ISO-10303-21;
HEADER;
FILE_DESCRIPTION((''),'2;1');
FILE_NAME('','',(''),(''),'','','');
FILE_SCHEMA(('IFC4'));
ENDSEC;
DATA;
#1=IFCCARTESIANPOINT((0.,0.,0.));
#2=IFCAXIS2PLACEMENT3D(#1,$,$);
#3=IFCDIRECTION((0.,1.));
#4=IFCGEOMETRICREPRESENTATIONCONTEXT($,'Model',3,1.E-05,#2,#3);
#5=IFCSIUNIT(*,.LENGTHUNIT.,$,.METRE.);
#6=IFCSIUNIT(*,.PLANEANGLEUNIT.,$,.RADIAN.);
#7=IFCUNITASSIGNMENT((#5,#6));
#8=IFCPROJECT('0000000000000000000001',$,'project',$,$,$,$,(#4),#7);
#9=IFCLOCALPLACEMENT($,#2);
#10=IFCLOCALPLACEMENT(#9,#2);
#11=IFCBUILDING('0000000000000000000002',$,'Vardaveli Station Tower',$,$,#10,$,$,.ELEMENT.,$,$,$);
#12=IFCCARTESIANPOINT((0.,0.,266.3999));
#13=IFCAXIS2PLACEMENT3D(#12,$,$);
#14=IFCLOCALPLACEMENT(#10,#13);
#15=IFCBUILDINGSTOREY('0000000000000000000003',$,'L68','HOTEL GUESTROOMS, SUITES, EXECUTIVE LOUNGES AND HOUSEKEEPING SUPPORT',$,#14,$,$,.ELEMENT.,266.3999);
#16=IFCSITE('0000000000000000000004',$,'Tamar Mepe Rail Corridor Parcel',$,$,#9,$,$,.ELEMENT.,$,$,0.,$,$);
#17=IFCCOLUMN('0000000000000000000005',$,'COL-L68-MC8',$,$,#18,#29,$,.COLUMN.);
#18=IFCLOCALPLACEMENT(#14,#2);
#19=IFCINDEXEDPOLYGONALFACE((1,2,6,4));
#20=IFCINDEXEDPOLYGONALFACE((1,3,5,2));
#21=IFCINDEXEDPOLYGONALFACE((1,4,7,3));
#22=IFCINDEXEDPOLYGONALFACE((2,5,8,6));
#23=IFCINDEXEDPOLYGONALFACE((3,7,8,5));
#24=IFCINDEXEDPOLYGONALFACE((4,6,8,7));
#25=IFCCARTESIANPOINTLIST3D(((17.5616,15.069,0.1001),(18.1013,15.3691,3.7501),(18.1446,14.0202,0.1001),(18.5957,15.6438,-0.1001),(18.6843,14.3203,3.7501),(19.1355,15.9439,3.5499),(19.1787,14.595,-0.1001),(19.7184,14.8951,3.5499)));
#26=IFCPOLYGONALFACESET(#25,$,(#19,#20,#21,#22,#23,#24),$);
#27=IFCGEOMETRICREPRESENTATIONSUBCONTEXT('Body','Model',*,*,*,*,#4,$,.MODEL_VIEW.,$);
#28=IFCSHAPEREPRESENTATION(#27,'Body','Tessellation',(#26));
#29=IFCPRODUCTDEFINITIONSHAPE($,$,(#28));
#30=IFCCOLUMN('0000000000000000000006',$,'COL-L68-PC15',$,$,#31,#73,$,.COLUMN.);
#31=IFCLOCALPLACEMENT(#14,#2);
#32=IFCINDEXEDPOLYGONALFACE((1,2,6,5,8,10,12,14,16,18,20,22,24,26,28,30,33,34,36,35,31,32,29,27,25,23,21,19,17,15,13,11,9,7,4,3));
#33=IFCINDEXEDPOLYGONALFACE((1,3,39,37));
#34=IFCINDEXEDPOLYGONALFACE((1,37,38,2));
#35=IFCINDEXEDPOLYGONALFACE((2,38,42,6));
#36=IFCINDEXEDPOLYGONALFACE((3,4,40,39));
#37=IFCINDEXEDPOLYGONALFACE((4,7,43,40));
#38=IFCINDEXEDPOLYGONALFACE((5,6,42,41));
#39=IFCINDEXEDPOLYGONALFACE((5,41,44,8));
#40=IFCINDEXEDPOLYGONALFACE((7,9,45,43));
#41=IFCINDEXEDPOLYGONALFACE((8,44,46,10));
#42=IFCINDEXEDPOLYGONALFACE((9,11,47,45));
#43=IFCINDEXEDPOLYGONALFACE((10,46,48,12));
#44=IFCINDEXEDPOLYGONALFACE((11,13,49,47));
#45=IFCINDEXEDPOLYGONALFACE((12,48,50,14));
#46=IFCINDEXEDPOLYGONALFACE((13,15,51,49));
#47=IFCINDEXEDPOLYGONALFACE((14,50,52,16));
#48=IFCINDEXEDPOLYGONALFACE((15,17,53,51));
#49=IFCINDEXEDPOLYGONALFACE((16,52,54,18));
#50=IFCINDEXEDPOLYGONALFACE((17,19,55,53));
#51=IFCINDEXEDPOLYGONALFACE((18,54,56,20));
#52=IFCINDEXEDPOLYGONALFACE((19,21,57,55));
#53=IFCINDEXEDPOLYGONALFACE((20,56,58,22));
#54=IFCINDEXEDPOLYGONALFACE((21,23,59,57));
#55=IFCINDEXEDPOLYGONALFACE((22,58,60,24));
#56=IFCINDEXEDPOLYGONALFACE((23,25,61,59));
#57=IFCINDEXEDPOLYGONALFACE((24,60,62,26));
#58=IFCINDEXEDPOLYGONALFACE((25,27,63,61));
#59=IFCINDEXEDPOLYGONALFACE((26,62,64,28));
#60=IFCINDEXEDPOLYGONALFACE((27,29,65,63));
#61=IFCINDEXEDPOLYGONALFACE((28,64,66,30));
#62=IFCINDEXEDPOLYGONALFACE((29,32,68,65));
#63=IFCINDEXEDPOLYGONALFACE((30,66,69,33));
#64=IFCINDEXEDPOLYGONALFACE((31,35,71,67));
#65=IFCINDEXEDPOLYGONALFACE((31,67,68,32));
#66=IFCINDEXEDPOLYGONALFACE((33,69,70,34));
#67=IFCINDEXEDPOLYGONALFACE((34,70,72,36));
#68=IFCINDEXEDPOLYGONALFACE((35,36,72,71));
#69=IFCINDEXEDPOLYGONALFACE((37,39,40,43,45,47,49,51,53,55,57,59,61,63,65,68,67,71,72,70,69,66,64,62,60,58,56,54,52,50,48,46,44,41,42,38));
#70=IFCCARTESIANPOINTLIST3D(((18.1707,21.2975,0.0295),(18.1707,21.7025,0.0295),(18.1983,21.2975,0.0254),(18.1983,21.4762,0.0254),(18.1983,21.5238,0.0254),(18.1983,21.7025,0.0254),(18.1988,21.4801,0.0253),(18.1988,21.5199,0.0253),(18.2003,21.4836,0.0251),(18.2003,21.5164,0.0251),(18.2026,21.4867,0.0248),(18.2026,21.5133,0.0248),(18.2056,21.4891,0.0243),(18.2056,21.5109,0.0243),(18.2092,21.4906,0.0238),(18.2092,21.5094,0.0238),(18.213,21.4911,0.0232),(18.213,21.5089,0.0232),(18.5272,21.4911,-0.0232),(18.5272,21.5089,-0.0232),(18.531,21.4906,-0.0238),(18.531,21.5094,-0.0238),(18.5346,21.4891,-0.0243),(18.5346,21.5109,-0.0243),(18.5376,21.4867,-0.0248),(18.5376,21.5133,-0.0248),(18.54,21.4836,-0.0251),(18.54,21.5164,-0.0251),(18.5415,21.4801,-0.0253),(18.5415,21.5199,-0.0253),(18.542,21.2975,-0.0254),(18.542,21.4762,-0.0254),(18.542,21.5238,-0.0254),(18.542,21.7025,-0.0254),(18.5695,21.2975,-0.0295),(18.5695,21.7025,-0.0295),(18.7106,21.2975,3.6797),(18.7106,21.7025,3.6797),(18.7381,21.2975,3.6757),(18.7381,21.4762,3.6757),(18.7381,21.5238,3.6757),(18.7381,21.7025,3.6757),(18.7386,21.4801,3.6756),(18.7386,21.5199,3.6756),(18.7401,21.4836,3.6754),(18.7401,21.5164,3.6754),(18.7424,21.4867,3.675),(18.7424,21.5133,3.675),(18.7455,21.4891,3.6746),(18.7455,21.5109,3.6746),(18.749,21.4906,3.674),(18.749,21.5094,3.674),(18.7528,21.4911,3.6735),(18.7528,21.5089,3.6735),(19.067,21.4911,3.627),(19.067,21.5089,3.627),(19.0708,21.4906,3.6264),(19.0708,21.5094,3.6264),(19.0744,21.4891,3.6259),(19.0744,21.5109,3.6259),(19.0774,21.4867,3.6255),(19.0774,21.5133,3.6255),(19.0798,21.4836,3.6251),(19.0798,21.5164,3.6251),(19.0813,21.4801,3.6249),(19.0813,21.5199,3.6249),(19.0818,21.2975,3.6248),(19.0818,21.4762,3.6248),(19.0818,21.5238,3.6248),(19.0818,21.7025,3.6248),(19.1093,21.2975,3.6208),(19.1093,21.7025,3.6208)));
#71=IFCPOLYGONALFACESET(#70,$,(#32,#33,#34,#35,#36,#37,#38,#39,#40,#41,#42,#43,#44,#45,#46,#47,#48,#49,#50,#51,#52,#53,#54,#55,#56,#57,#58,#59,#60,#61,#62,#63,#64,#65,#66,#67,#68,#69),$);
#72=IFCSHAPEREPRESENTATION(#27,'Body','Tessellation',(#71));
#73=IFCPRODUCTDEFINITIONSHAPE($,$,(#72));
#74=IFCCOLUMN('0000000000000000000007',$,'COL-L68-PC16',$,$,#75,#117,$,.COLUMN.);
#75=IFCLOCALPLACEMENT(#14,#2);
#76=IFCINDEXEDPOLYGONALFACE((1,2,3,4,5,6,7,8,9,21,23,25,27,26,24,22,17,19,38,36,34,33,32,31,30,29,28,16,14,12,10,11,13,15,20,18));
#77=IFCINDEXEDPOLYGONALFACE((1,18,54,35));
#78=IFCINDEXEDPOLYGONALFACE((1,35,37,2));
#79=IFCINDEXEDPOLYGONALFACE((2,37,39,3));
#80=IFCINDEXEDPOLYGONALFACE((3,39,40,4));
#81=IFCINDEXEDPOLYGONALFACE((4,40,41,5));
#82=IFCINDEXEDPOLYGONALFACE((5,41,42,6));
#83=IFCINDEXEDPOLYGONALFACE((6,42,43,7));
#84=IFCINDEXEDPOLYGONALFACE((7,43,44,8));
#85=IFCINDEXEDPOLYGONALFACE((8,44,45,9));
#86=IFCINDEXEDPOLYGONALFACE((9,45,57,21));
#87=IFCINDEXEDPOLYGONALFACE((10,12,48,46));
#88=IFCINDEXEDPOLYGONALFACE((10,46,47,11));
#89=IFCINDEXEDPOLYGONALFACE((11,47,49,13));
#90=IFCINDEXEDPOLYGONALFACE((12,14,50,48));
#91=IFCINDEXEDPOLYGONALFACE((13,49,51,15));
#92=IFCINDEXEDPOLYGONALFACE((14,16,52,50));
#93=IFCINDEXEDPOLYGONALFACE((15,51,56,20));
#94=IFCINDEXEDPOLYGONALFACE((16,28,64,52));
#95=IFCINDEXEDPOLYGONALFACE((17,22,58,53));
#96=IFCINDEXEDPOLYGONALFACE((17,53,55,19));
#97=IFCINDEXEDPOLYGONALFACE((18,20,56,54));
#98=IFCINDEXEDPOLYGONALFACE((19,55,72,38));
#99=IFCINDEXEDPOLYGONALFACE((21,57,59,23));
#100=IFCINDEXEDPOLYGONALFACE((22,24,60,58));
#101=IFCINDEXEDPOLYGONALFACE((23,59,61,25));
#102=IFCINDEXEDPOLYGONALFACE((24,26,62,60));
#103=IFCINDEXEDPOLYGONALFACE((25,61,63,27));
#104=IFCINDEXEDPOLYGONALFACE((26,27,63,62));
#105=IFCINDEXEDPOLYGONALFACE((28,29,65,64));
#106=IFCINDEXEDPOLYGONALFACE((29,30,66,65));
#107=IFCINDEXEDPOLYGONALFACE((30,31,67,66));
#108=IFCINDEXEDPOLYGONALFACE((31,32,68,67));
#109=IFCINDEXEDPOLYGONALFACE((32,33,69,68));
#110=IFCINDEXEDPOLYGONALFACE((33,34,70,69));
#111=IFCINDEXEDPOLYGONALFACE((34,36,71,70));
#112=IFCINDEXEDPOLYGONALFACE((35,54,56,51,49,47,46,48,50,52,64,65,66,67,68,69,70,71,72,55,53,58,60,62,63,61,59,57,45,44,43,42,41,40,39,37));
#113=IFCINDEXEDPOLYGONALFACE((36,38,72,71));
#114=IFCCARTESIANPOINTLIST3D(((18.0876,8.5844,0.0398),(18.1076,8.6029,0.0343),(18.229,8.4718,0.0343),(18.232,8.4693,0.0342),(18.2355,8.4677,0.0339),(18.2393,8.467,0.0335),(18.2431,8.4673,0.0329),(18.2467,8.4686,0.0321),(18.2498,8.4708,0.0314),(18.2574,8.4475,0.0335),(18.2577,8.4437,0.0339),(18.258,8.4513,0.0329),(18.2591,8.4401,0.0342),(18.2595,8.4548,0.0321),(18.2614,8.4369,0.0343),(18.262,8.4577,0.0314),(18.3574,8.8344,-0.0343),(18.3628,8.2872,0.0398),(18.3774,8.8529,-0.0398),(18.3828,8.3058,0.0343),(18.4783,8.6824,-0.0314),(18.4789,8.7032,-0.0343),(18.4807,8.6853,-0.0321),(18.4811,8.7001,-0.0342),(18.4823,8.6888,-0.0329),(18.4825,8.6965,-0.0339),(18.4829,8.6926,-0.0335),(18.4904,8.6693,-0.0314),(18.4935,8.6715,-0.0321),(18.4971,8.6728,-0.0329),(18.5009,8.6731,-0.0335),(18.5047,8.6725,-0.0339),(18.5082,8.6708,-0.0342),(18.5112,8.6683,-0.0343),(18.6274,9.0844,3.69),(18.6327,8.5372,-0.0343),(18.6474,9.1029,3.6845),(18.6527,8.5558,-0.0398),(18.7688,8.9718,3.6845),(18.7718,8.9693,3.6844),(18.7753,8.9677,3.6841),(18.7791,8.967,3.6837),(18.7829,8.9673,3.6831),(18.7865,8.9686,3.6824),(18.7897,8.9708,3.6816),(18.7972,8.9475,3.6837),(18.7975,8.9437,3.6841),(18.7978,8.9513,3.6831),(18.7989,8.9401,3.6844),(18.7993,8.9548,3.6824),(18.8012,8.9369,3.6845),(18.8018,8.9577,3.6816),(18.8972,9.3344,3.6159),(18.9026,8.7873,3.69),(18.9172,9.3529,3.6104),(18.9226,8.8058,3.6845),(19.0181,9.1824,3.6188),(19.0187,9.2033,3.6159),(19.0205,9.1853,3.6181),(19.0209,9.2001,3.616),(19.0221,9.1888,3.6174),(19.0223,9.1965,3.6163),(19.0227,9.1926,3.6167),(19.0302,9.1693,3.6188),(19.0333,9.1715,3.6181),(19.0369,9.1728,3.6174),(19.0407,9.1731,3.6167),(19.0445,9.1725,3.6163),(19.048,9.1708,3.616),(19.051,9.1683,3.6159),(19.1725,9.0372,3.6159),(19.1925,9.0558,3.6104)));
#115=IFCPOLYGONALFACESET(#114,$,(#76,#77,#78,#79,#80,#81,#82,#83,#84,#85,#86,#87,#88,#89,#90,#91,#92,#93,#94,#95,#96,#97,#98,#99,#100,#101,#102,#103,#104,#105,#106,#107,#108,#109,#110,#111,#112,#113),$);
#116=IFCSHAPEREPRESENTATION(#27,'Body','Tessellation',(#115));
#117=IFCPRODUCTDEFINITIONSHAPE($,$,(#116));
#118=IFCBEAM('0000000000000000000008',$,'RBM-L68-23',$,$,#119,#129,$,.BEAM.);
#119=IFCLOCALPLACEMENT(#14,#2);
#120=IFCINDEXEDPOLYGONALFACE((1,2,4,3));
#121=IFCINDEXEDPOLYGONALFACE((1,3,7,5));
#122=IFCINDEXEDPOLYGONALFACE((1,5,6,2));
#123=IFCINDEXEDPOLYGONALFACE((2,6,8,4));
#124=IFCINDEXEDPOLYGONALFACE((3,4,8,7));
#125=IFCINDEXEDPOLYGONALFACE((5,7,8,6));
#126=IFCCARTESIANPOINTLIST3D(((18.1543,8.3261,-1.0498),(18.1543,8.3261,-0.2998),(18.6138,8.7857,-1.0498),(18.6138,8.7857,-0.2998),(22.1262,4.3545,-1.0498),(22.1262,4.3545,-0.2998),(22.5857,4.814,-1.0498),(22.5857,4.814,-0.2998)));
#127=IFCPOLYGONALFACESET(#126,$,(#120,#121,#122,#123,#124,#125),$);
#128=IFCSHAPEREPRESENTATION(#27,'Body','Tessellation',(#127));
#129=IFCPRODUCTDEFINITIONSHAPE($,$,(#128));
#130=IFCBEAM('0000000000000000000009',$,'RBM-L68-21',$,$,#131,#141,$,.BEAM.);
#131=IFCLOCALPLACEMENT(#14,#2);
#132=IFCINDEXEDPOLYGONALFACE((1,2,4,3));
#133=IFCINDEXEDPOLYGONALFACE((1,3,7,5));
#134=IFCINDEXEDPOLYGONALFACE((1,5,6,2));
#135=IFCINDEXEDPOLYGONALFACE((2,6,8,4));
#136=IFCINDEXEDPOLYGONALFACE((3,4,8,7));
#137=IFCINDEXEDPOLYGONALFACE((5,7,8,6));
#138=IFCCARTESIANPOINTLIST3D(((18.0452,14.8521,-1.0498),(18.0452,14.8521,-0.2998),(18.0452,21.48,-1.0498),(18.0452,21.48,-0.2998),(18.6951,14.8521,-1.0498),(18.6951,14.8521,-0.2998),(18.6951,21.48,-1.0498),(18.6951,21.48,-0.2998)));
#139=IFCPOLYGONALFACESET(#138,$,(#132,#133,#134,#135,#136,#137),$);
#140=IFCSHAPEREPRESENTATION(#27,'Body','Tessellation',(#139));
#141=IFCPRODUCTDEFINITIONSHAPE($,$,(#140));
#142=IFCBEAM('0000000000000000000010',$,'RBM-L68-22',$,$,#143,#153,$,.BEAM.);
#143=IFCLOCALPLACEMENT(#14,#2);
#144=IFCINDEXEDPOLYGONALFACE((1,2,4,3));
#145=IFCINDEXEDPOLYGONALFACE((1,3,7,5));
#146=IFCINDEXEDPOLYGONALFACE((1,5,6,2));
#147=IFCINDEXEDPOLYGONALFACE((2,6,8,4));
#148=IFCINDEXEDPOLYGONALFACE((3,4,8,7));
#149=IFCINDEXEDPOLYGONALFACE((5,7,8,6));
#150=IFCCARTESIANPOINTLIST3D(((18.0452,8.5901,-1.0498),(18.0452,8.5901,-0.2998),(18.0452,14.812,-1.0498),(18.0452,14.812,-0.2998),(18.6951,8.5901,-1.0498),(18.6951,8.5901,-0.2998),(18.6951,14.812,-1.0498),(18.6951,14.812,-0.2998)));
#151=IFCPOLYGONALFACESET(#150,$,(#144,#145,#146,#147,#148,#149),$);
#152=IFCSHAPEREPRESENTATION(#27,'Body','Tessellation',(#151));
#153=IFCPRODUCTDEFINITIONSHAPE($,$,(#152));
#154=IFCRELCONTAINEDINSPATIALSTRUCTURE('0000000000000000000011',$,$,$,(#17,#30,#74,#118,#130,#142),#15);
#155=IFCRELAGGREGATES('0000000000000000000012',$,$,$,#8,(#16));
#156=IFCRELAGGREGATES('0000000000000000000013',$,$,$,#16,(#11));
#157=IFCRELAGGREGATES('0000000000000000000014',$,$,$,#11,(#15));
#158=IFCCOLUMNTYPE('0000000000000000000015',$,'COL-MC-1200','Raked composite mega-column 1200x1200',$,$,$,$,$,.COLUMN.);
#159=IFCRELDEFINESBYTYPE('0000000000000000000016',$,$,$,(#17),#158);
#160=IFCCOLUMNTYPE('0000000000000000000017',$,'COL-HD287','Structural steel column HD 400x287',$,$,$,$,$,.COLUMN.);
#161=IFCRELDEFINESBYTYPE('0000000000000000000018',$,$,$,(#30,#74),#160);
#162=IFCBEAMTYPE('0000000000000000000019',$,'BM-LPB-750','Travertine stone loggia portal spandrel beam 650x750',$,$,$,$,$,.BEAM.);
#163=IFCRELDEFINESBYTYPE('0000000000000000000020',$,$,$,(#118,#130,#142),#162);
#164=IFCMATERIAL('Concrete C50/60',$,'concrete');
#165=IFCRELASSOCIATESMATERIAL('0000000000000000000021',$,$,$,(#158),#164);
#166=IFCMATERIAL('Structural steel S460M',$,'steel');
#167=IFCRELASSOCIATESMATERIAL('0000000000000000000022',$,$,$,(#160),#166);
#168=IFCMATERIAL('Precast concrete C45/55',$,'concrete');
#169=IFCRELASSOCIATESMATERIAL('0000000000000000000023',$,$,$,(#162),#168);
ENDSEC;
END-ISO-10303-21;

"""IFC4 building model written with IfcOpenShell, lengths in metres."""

from ifc_helpers import new_model, si_unit, direction, frame, origin, origin_2d, place, context, subcontext, project, spatial, rectangle, i_section, extrude, source, transform, mapped, material, material_profile, profile_set, type_object, element, save


model = new_model("IFC4")

# Units and contexts
model_context = context("Model", 3, precision=1e-05, world=origin(), true_north=direction((0.0, 1.0)))
body_context = subcontext(model_context, "Body", "Model", "MODEL_VIEW")
ifc_project = project(units=[si_unit("LENGTHUNIT", "METRE"), si_unit("PLANEANGLEUNIT", "RADIAN")], contexts=[model_context])

# Site, building, storey
site_placement = place(None, origin())
site = spatial("IfcSite", under=ifc_project, at=site_placement, Name="Tamar Mepe Rail Corridor Parcel", CompositionType="ELEMENT", RefElevation=0.0)
building_placement = place(site_placement, origin())
building = spatial("IfcBuilding", under=site, at=building_placement, Name="Vardaveli Station Tower", CompositionType="ELEMENT")
storey_placement = place(building_placement, frame((0.0, 0.0, 266.3999)))
storey = spatial("IfcBuildingStorey", under=building, at=storey_placement, Name="L68", Description="HOTEL GUESTROOMS, SUITES, EXECUTIVE LOUNGES AND HOUSEKEEPING SUPPORT", CompositionType="ELEMENT", Elevation=266.3999)

# Columns
ifc_material_1 = material(Name="Concrete C50/60", Category="concrete")
ifc_material_profile_1 = material_profile(ifc_material_1, rectangle(XDim=1.2, YDim=1.2, at=origin_2d()), Name="MC 1200x1200")
ifc_profile_set_1 = profile_set([ifc_material_profile_1], Name="Concrete C50/60")
column_type_1 = type_object("IfcColumnType", Name="COL-MC-1200", Description="Raked composite mega-column 1200x1200", PredefinedType="COLUMN", material=ifc_profile_set_1)
shared_shape_1 = source(origin(), body_context, "Body", "SweptSolid", [
    extrude(rectangle(XDim=1.2, YDim=1.2, at=origin_2d()), origin(), (0.0, 0.0, 1.0), 3.7019),
])
column_1_placement = place(storey_placement, frame((18.3701, 14.832, 0.0), z_axis=(0.145811, 0.08105, 0.985987), x_axis=(-0.485844, 0.874045, 0.0)))
element("IfcColumn", 1, at=column_1_placement, inside=storey, type_object=column_type_1, Name="COL-L68-MC8", PredefinedType="COLUMN", context=body_context, shape_type="MappedRepresentation", body=[
    mapped(shared_shape_1, transform((0.0, 0.0, 0.0), scale=1.0)),
])
ifc_material_2 = material(Name="Structural steel S460M", Category="steel")
ifc_material_profile_2 = material_profile(ifc_material_2, i_section(OverallWidth=0.405, OverallDepth=0.4031, WebThickness=0.0178, FlangeThickness=0.0278, FilletRadius=0.0149, at=origin_2d()), Name="HD 400x287")
ifc_profile_set_2 = profile_set([ifc_material_profile_2], Name="Structural steel S460M")
column_type_2 = type_object("IfcColumnType", Name="COL-HD287", Description="Structural steel column HD 400x287", PredefinedType="COLUMN", material=ifc_profile_set_2)
shared_shape_2 = source(origin(), body_context, "Body", "SweptSolid", [
    extrude(i_section(OverallWidth=0.405, OverallDepth=0.4031, WebThickness=0.0178, FlangeThickness=0.0278, FilletRadius=0.0149, at=origin_2d()), origin(), (0.0, 0.0, 1.0), 3.6899),
])
column_2_placement = place(storey_placement, frame((18.3701, 21.5, 0.0), z_axis=(0.146292, 0.0, 0.989241), x_axis=(0.0, 1.0, 0.0)))
element("IfcColumn", 2, at=column_2_placement, inside=storey, type_object=column_type_2, Name="COL-L68-PC15", PredefinedType="COLUMN", context=body_context, shape_type="MappedRepresentation", body=[
    mapped(shared_shape_2, transform((0.0, 0.0, 0.0), scale=1.0)),
])
shared_shape_3 = source(origin(), body_context, "Body", "SweptSolid", [
    extrude(i_section(OverallWidth=0.405, OverallDepth=0.4031, WebThickness=0.0178, FlangeThickness=0.0278, FilletRadius=0.0149, at=origin_2d()), origin(), (0.0, 0.0, 1.0), 3.7236),
])
column_3_placement = place(storey_placement, frame((18.3701, 8.5701, 0.0), z_axis=(0.144967, 0.13428, 0.980282), x_axis=(-0.679547, 0.733632, 0.0)))
element("IfcColumn", 3, at=column_3_placement, inside=storey, type_object=column_type_2, Name="COL-L68-PC16", PredefinedType="COLUMN", context=body_context, shape_type="MappedRepresentation", body=[
    mapped(shared_shape_3, transform((0.0, 0.0, 0.0), scale=1.0)),
])

# Beams
ifc_material_3 = material(Name="Precast concrete C45/55", Category="concrete")
ifc_material_profile_3 = material_profile(ifc_material_3, rectangle(XDim=0.6499, YDim=0.75, at=origin_2d()), Name="LPB 650x750")
ifc_profile_set_3 = profile_set([ifc_material_profile_3], Name="Precast concrete C45/55")
beam_type_1 = type_object("IfcBeamType", Name="BM-LPB-750", Description="Travertine stone loggia portal spandrel beam 650x750", PredefinedType="BEAM", material=ifc_profile_set_3)
shared_shape_4 = source(origin(), body_context, "Body", "SweptSolid", [
    extrude(rectangle(XDim=0.6499, YDim=0.75, at=origin_2d()), origin(), (0.0, 0.0, 1.0), 5.6169),
])
beam_1_placement = place(storey_placement, frame((18.384, 8.5559, -0.6748), z_axis=(0.707129, -0.707085, 0.0), x_axis=(0.707085, 0.707129, 0.0)))
element("IfcBeam", 4, at=beam_1_placement, inside=storey, type_object=beam_type_1, Name="RBM-L68-23", PredefinedType="BEAM", context=body_context, shape_type="MappedRepresentation", body=[
    mapped(shared_shape_4, transform((0.0, 0.0, 0.0), scale=1.0)),
])
shared_shape_5 = source(origin(), body_context, "Body", "SweptSolid", [
    extrude(rectangle(XDim=0.6499, YDim=0.75, at=origin_2d()), origin(), (0.0, 0.0, 1.0), 6.6279),
])
beam_2_placement = place(storey_placement, frame((18.3701, 21.48, -0.6748), z_axis=(0.0, -1.0, 0.0), x_axis=(1.0, 0.0, 0.0)))
element("IfcBeam", 5, at=beam_2_placement, inside=storey, type_object=beam_type_1, Name="RBM-L68-21", PredefinedType="BEAM", context=body_context, shape_type="MappedRepresentation", body=[
    mapped(shared_shape_5, transform((0.0, 0.0, 0.0), scale=1.0)),
])
shared_shape_6 = source(origin(), body_context, "Body", "SweptSolid", [
    extrude(rectangle(XDim=0.6499, YDim=0.75, at=origin_2d()), origin(), (0.0, 0.0, 1.0), 6.2219),
])
beam_3_placement = place(storey_placement, frame((18.3701, 14.812, -0.6748), z_axis=(0.0, -1.0, 0.0), x_axis=(1.0, 0.0, 0.0)))
element("IfcBeam", 6, at=beam_3_placement, inside=storey, type_object=beam_type_1, Name="RBM-L68-22", PredefinedType="BEAM", context=body_context, shape_type="MappedRepresentation", body=[
    mapped(shared_shape_6, transform((0.0, 0.0, 0.0), scale=1.0)),
])

save(model, "model.ifc")
